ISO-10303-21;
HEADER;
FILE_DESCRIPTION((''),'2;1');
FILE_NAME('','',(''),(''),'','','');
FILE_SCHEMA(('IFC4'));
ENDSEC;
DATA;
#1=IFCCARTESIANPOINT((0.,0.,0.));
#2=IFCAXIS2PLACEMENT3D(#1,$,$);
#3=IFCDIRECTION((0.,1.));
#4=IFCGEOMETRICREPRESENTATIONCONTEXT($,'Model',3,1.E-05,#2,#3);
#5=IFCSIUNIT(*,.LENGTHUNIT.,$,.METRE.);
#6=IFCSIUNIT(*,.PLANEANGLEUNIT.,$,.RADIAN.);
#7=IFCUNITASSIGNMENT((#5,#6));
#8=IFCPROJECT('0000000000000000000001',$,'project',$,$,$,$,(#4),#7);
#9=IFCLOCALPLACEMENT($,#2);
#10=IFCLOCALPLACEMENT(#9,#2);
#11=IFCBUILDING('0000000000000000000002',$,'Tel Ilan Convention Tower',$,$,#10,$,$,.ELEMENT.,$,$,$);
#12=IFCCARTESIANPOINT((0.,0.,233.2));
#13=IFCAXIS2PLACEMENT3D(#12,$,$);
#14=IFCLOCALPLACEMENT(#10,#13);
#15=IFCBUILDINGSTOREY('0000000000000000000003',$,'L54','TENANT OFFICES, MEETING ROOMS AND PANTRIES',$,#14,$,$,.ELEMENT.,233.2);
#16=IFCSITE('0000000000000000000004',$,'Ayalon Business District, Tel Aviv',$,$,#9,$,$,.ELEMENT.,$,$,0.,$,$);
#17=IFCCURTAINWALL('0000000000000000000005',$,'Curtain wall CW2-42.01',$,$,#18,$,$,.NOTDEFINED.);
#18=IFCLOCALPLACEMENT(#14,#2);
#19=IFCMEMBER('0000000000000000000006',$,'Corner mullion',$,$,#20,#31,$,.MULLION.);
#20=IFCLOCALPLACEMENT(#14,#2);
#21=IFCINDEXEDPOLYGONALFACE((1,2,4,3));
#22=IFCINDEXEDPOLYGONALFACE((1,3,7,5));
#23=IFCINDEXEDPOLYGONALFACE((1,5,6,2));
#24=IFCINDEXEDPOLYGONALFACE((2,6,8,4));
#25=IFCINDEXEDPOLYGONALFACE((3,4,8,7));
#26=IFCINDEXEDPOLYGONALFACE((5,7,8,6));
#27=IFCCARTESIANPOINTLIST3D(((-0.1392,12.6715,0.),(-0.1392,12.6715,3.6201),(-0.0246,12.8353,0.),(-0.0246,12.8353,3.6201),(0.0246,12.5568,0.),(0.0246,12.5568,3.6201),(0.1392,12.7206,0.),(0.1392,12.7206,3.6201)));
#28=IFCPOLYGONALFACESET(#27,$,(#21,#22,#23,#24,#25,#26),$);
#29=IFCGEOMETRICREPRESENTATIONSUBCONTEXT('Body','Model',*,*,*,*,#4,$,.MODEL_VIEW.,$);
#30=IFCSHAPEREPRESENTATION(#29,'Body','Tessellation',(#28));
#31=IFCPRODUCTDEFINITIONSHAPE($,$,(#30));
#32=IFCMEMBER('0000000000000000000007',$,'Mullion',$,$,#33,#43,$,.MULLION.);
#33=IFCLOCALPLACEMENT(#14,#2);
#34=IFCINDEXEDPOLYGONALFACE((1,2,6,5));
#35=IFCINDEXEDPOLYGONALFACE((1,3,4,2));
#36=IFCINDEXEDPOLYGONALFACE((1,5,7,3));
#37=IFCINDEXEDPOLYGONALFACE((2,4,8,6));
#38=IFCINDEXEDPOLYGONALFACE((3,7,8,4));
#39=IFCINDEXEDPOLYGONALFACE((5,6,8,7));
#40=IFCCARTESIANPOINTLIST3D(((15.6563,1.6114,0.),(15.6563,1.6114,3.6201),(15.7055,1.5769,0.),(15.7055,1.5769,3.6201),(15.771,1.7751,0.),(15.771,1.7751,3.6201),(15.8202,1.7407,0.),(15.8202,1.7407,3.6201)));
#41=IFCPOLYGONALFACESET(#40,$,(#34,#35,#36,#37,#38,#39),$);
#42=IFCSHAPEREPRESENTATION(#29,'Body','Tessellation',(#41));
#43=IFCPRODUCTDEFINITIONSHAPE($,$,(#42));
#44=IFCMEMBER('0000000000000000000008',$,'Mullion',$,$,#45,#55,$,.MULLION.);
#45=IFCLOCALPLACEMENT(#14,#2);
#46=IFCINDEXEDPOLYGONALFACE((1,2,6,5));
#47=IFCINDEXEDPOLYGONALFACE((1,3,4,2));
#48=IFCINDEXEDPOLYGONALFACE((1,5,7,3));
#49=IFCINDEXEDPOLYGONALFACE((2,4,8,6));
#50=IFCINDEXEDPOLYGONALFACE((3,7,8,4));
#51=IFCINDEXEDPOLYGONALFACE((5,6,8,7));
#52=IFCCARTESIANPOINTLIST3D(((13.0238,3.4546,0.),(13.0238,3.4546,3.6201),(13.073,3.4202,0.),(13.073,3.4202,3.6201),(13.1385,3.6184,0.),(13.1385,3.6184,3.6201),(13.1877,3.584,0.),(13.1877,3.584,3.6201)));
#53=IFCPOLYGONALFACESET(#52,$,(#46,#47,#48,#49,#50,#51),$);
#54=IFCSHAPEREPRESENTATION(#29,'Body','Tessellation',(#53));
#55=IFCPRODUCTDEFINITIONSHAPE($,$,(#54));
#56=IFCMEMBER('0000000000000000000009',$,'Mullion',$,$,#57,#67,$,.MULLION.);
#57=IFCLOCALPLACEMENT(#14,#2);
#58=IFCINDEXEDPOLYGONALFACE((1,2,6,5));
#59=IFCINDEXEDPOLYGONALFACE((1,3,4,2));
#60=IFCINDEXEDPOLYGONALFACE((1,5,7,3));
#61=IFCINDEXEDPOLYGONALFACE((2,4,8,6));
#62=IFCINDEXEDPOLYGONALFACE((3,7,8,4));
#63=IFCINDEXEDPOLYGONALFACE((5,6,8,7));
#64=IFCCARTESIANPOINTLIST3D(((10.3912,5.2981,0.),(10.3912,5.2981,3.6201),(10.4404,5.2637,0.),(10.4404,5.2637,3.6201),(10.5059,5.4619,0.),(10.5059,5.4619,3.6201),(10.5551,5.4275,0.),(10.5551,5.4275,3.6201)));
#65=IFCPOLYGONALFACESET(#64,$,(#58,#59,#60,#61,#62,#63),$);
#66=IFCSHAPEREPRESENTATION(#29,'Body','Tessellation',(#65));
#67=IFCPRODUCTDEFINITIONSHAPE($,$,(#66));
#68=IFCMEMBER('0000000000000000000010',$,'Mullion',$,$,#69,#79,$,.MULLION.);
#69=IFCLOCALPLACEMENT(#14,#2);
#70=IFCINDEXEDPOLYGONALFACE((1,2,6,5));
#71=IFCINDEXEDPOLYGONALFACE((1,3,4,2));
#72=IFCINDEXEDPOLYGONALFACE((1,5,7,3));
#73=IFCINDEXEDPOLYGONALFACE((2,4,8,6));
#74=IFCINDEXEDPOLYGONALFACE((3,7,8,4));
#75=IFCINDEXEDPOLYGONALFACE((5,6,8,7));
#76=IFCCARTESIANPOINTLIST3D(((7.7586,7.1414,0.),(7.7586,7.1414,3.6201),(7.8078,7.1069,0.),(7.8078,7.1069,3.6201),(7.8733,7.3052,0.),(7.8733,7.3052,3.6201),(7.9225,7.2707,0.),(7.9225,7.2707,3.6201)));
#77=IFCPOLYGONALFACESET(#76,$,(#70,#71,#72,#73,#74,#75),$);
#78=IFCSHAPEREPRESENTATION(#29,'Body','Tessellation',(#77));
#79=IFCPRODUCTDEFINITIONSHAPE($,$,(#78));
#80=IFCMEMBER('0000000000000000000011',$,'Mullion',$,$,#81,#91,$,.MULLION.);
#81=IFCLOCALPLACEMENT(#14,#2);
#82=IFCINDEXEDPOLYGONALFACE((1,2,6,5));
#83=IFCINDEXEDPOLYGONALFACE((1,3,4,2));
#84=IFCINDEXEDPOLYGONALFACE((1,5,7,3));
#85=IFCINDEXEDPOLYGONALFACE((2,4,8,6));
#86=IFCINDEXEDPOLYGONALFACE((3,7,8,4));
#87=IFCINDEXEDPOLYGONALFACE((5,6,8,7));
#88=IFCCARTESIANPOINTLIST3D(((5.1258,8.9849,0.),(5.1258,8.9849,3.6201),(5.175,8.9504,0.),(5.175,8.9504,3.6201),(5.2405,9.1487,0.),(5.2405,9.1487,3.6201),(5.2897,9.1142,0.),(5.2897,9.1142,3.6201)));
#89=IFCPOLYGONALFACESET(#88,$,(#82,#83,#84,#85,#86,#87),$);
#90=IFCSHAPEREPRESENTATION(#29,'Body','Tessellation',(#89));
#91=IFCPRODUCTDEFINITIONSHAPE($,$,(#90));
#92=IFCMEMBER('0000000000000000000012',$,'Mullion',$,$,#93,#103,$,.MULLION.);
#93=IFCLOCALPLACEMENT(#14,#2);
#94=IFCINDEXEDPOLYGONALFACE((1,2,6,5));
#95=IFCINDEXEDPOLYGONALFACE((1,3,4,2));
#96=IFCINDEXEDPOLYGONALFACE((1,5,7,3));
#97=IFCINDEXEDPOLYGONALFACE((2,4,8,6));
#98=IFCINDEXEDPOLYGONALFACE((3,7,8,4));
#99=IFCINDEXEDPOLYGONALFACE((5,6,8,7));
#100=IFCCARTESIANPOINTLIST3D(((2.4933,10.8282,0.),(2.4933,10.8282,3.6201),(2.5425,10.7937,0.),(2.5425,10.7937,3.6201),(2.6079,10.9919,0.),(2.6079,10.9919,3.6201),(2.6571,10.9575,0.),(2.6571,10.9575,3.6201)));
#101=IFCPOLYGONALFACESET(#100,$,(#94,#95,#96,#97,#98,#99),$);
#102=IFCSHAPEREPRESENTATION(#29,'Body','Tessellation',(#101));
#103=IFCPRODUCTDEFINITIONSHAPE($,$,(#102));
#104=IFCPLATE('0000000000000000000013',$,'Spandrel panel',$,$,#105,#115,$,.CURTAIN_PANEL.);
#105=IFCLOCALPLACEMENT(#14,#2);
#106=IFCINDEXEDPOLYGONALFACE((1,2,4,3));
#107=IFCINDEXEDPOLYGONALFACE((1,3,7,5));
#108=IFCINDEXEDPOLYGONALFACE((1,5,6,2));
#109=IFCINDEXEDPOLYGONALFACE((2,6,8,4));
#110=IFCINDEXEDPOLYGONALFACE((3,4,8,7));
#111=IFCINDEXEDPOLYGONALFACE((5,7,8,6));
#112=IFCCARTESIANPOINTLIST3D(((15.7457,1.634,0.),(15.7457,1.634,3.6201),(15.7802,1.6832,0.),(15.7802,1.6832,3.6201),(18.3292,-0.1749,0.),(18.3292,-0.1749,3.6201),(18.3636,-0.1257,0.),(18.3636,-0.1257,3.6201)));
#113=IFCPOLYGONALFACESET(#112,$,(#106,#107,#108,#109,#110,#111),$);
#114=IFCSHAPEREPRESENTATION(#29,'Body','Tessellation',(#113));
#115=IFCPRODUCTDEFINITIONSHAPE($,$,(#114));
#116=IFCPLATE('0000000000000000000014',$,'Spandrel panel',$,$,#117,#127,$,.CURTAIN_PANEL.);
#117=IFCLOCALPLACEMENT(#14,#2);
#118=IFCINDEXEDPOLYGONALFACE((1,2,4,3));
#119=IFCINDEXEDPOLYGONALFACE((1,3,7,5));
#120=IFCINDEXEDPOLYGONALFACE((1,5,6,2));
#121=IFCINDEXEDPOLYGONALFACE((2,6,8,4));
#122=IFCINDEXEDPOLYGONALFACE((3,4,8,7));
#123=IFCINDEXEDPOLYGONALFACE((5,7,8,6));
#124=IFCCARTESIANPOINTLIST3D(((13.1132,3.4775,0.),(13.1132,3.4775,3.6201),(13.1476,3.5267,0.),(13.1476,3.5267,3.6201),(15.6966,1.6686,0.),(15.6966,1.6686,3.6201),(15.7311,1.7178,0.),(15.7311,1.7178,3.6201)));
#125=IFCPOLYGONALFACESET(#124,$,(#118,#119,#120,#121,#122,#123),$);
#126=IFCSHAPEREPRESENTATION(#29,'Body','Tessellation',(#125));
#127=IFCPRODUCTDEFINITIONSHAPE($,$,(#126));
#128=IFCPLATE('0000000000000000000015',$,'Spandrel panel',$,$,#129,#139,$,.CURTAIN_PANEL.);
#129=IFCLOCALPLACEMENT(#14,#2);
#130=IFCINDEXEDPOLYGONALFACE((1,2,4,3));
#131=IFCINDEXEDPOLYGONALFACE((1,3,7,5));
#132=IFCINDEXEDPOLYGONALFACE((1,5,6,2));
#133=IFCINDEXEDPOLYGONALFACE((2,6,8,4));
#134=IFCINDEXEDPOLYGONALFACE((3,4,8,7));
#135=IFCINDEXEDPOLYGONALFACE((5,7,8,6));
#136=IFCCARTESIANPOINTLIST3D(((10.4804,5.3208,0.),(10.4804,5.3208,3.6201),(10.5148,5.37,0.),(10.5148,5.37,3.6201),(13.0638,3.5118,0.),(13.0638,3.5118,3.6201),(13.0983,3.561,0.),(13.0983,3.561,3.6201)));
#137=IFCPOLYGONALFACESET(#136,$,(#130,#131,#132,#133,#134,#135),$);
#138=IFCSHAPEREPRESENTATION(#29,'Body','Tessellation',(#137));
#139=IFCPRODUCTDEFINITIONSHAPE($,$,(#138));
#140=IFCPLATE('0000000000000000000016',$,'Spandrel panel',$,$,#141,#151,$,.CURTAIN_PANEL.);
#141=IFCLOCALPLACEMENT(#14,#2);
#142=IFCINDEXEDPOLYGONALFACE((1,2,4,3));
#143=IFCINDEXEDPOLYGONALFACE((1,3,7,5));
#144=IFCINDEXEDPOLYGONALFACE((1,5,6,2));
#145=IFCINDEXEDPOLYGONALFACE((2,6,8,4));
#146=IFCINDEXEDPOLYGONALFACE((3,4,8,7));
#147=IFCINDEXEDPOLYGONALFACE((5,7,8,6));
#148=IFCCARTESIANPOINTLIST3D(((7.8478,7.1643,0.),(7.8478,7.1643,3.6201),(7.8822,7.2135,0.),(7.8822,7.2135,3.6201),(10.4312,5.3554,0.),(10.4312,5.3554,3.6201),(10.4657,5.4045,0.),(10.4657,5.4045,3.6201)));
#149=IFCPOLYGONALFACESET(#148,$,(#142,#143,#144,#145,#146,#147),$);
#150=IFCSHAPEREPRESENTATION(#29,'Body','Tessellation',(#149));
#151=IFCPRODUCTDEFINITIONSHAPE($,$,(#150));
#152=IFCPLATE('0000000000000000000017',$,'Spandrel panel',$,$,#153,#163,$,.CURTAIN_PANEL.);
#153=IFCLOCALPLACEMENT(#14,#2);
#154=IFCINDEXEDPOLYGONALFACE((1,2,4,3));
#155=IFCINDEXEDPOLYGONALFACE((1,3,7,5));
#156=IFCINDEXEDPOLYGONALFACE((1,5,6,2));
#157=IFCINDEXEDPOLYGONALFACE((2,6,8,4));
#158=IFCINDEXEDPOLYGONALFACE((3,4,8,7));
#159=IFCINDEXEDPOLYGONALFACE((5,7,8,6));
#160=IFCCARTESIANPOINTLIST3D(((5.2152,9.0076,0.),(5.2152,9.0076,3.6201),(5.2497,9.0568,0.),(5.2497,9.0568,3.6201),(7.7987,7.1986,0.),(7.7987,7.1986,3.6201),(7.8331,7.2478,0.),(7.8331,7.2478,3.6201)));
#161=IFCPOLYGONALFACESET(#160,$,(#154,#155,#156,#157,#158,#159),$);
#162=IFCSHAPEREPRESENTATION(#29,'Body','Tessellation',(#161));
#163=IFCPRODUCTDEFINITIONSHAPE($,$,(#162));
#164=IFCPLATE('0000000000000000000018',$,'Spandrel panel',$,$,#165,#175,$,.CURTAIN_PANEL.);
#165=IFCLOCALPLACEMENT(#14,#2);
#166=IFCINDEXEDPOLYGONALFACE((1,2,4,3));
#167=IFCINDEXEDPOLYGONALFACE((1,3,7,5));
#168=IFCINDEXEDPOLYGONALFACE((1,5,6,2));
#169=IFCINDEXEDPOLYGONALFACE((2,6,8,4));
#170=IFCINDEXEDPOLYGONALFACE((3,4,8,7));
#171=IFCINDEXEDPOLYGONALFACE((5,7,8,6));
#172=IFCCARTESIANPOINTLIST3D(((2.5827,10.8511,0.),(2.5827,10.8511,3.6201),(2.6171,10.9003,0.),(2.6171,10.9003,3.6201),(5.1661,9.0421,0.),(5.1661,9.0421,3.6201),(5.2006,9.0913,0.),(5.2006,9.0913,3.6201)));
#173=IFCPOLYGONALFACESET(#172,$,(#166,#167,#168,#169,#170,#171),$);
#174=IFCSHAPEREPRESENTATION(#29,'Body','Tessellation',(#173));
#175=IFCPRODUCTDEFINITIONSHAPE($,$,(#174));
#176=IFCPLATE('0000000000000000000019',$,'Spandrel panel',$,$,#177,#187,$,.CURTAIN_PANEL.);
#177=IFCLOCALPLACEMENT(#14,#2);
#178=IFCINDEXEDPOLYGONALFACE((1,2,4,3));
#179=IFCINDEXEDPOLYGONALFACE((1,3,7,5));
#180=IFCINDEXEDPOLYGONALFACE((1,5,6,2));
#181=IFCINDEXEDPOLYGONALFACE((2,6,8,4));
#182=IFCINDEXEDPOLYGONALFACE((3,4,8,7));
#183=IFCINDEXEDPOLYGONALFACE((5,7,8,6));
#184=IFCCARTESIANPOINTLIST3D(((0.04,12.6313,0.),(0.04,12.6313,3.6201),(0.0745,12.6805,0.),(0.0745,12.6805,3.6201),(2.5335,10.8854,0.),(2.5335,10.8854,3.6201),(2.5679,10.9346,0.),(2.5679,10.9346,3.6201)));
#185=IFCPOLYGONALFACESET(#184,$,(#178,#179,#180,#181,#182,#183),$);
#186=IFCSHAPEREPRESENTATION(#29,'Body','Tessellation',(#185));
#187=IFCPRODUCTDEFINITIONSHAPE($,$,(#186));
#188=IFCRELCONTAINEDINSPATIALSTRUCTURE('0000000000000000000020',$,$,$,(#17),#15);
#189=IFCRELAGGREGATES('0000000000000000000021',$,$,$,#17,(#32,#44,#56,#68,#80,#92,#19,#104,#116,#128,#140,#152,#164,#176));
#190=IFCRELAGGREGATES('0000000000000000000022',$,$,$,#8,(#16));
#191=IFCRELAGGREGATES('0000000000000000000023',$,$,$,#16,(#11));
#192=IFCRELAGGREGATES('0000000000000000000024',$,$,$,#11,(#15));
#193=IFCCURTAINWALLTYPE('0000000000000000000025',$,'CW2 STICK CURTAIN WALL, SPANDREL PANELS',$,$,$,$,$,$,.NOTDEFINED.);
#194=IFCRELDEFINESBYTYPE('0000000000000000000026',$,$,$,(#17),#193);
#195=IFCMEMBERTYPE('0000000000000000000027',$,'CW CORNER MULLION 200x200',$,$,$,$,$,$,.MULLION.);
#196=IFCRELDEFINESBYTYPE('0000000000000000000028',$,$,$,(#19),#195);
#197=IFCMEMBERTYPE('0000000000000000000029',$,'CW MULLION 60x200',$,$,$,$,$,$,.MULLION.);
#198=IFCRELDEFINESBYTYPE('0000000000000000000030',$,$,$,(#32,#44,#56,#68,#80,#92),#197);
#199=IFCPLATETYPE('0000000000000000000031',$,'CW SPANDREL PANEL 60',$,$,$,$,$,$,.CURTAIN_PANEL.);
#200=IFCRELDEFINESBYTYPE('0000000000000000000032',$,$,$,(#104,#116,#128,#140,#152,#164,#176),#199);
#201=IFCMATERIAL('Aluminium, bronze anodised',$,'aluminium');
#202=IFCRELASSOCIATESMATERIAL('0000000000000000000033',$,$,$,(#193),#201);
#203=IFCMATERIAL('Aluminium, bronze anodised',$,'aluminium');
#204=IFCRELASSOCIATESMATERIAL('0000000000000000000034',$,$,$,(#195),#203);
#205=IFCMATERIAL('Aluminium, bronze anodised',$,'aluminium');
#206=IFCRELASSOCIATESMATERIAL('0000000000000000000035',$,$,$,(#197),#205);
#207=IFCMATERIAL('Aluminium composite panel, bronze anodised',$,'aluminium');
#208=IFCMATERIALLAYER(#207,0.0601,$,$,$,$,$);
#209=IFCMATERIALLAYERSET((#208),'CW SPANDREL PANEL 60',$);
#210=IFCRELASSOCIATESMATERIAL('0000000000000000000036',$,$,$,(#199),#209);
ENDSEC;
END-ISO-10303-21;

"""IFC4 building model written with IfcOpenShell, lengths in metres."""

from ifc_helpers import new_model, si_unit, direction, frame, origin, origin_2d, place, context, subcontext, project, spatial, rectangle, extrude, material, layer, layer_set, material_profile, profile_set, type_object, element, aggregate, save


model = new_model("IFC4")

# Units and contexts
model_context = context("Model", 3, precision=1e-05, world=origin(), true_north=direction((0.0, 1.0)))
body_context = subcontext(model_context, "Body", "Model", "MODEL_VIEW")
ifc_project = project(units=[si_unit("LENGTHUNIT", "METRE"), si_unit("PLANEANGLEUNIT", "RADIAN")], contexts=[model_context])

# Site, building, storey
site_placement = place(None, origin())
site = spatial("IfcSite", under=ifc_project, at=site_placement, Name="Ayalon Business District, Tel Aviv", CompositionType="ELEMENT", RefElevation=0.0)
building_placement = place(site_placement, origin())
building = spatial("IfcBuilding", under=site, at=building_placement, Name="Tel Ilan Convention Tower", CompositionType="ELEMENT")
storey_placement = place(building_placement, frame((0.0, 0.0, 233.2)))
storey = spatial("IfcBuildingStorey", under=building, at=storey_placement, Name="L54", Description="TENANT OFFICES, MEETING ROOMS AND PANTRIES", CompositionType="ELEMENT", Elevation=233.2)

# Curtain wall, members, plates
ifc_material_1 = material(Name="Aluminium, bronze anodised", Category="aluminium")
curtain_wall_type = type_object("IfcCurtainWallType", Name="CW2 STICK CURTAIN WALL, SPANDREL PANELS", PredefinedType="NOTDEFINED", material=ifc_material_1)
curtain_wall_placement = place(storey_placement, origin())
curtain_wall = element("IfcCurtainWall", 1, at=curtain_wall_placement, inside=storey, type_object=curtain_wall_type, Name="Curtain wall CW2-42.01", PredefinedType="NOTDEFINED")
ifc_material_2 = material(Name="Aluminium, bronze anodised", Category="aluminium")
ifc_material_profile_1 = material_profile(ifc_material_2, rectangle(XDim=0.2, YDim=0.2, at=origin_2d()), Name="CW CORNER MULLION 200x200")
ifc_profile_set_1 = profile_set([ifc_material_profile_1], Name="Aluminium, bronze anodised")
member_type_1 = type_object("IfcMemberType", Name="CW CORNER MULLION 200x200", PredefinedType="MULLION", material=ifc_profile_set_1)
member_1_placement = place(storey_placement, frame((0.0, 12.696, 0.0), z_axis=(0.0, 0.0, 1.0), x_axis=(-0.819152, 0.573576, 0.0)))
member_1 = element("IfcMember", 2, at=member_1_placement, type_object=member_type_1, Name="Corner mullion", PredefinedType="MULLION", context=body_context, shape_type="SweptSolid", body=[
    extrude(rectangle(XDim=0.2, YDim=0.2, at=origin_2d()), origin(), (0.0, 0.0, 1.0), 3.6201),
])
ifc_material_3 = material(Name="Aluminium, bronze anodised", Category="aluminium")
ifc_material_profile_2 = material_profile(ifc_material_3, rectangle(XDim=0.0601, YDim=0.2, at=origin_2d()), Name="CW MULLION 60x200")
ifc_profile_set_2 = profile_set([ifc_material_profile_2], Name="Aluminium, bronze anodised")
member_type_2 = type_object("IfcMemberType", Name="CW MULLION 60x200", PredefinedType="MULLION", material=ifc_profile_set_2)
member_2_placement = place(storey_placement, frame((15.7383, 1.676, 0.0), z_axis=(0.0, 0.0, 1.0), x_axis=(-0.819152, 0.573576, 0.0)))
member_2 = element("IfcMember", 3, at=member_2_placement, type_object=member_type_2, Name="Mullion", PredefinedType="MULLION", context=body_context, shape_type="SweptSolid", body=[
    extrude(rectangle(XDim=0.0601, YDim=0.2, at=origin_2d()), origin(), (0.0, 0.0, 1.0), 3.6201),
])
member_3_placement = place(storey_placement, frame((13.1057, 3.5193, 0.0), z_axis=(0.0, 0.0, 1.0), x_axis=(-0.819152, 0.573576, 0.0)))
member_3 = element("IfcMember", 4, at=member_3_placement, type_object=member_type_2, Name="Mullion", PredefinedType="MULLION", context=body_context, shape_type="SweptSolid", body=[
    extrude(rectangle(XDim=0.0601, YDim=0.2, at=origin_2d()), origin(), (0.0, 0.0, 1.0), 3.6201),
])
member_4_placement = place(storey_placement, frame((10.4731, 5.3628, 0.0), z_axis=(0.0, 0.0, 1.0), x_axis=(-0.819152, 0.573576, 0.0)))
member_4 = element("IfcMember", 5, at=member_4_placement, type_object=member_type_2, Name="Mullion", PredefinedType="MULLION", context=body_context, shape_type="SweptSolid", body=[
    extrude(rectangle(XDim=0.0601, YDim=0.2, at=origin_2d()), origin(), (0.0, 0.0, 1.0), 3.6201),
])
member_5_placement = place(storey_placement, frame((7.8406, 7.2061, 0.0), z_axis=(0.0, 0.0, 1.0), x_axis=(-0.819152, 0.573576, 0.0)))
member_5 = element("IfcMember", 6, at=member_5_placement, type_object=member_type_2, Name="Mullion", PredefinedType="MULLION", context=body_context, shape_type="SweptSolid", body=[
    extrude(rectangle(XDim=0.0601, YDim=0.2, at=origin_2d()), origin(), (0.0, 0.0, 1.0), 3.6201),
])
member_6_placement = place(storey_placement, frame((5.2078, 9.0496, 0.0), z_axis=(0.0, 0.0, 1.0), x_axis=(-0.819152, 0.573576, 0.0)))
member_6 = element("IfcMember", 7, at=member_6_placement, type_object=member_type_2, Name="Mullion", PredefinedType="MULLION", context=body_context, shape_type="SweptSolid", body=[
    extrude(rectangle(XDim=0.0601, YDim=0.2, at=origin_2d()), origin(), (0.0, 0.0, 1.0), 3.6201),
])
member_7_placement = place(storey_placement, frame((2.5752, 10.8928, 0.0), z_axis=(0.0, 0.0, 1.0), x_axis=(-0.819152, 0.573576, 0.0)))
member_7 = element("IfcMember", 8, at=member_7_placement, type_object=member_type_2, Name="Mullion", PredefinedType="MULLION", context=body_context, shape_type="SweptSolid", body=[
    extrude(rectangle(XDim=0.0601, YDim=0.2, at=origin_2d()), origin(), (0.0, 0.0, 1.0), 3.6201),
])
ifc_material_4 = material(Name="Aluminium composite panel, bronze anodised", Category="aluminium")
ifc_layer_1 = layer(ifc_material_4, 0.0601)
ifc_layer_set_1 = layer_set([ifc_layer_1], Name="CW SPANDREL PANEL 60")
plate_type = type_object("IfcPlateType", Name="CW SPANDREL PANEL 60", PredefinedType="CURTAIN_PANEL", material=ifc_layer_set_1)
plate_1_placement = place(storey_placement, frame((17.0547, 0.7542, 0.0), z_axis=(0.0, 0.0, 1.0), x_axis=(-0.819152, 0.573576, 0.0)))
plate_1 = element("IfcPlate", 9, at=plate_1_placement, type_object=plate_type, Name="Spandrel panel", PredefinedType="CURTAIN_PANEL", context=body_context, shape_type="SweptSolid", body=[
    extrude(rectangle(XDim=3.1538, YDim=0.0601, at=origin_2d()), origin(), (0.0, 0.0, 1.0), 3.6201),
])
plate_2_placement = place(storey_placement, frame((14.4221, 2.5977, 0.0), z_axis=(0.0, 0.0, 1.0), x_axis=(-0.819152, 0.573576, 0.0)))
plate_2 = element("IfcPlate", 10, at=plate_2_placement, type_object=plate_type, Name="Spandrel panel", PredefinedType="CURTAIN_PANEL", context=body_context, shape_type="SweptSolid", body=[
    extrude(rectangle(XDim=3.1538, YDim=0.0601, at=origin_2d()), origin(), (0.0, 0.0, 1.0), 3.6201),
])
plate_3_placement = place(storey_placement, frame((11.7893, 4.4409, 0.0), z_axis=(0.0, 0.0, 1.0), x_axis=(-0.819152, 0.573576, 0.0)))
plate_3 = element("IfcPlate", 11, at=plate_3_placement, type_object=plate_type, Name="Spandrel panel", PredefinedType="CURTAIN_PANEL", context=body_context, shape_type="SweptSolid", body=[
    extrude(rectangle(XDim=3.1538, YDim=0.0601, at=origin_2d()), origin(), (0.0, 0.0, 1.0), 3.6201),
])
plate_4_placement = place(storey_placement, frame((9.1567, 6.2844, 0.0), z_axis=(0.0, 0.0, 1.0), x_axis=(-0.819152, 0.573576, 0.0)))
plate_4 = element("IfcPlate", 12, at=plate_4_placement, type_object=plate_type, Name="Spandrel panel", PredefinedType="CURTAIN_PANEL", context=body_context, shape_type="SweptSolid", body=[
    extrude(rectangle(XDim=3.1538, YDim=0.0601, at=origin_2d()), origin(), (0.0, 0.0, 1.0), 3.6201),
])
plate_5_placement = place(storey_placement, frame((6.5242, 8.1277, 0.0), z_axis=(0.0, 0.0, 1.0), x_axis=(-0.819152, 0.573576, 0.0)))
plate_5 = element("IfcPlate", 13, at=plate_5_placement, type_object=plate_type, Name="Spandrel panel", PredefinedType="CURTAIN_PANEL", context=body_context, shape_type="SweptSolid", body=[
    extrude(rectangle(XDim=3.1538, YDim=0.0601, at=origin_2d()), origin(), (0.0, 0.0, 1.0), 3.6201),
])
plate_6_placement = place(storey_placement, frame((3.8916, 9.9712, 0.0), z_axis=(0.0, 0.0, 1.0), x_axis=(-0.819152, 0.573576, 0.0)))
plate_6 = element("IfcPlate", 14, at=plate_6_placement, type_object=plate_type, Name="Spandrel panel", PredefinedType="CURTAIN_PANEL", context=body_context, shape_type="SweptSolid", body=[
    extrude(rectangle(XDim=3.1538, YDim=0.0601, at=origin_2d()), origin(), (0.0, 0.0, 1.0), 3.6201),
])
plate_7_placement = place(storey_placement, frame((1.304, 11.783, 0.0), z_axis=(0.0, 0.0, 1.0), x_axis=(-0.819152, 0.573576, 0.0)))
plate_7 = element("IfcPlate", 15, at=plate_7_placement, type_object=plate_type, Name="Spandrel panel", PredefinedType="CURTAIN_PANEL", context=body_context, shape_type="SweptSolid", body=[
    extrude(rectangle(XDim=3.0439, YDim=0.0601, at=origin_2d()), origin(), (0.0, 0.0, 1.0), 3.6201),
])
aggregate(curtain_wall, [member_2, member_3, member_4, member_5, member_6, member_7, member_1, plate_1, plate_2, plate_3, plate_4, plate_5, plate_6, plate_7])

save(model, "model.ifc")
